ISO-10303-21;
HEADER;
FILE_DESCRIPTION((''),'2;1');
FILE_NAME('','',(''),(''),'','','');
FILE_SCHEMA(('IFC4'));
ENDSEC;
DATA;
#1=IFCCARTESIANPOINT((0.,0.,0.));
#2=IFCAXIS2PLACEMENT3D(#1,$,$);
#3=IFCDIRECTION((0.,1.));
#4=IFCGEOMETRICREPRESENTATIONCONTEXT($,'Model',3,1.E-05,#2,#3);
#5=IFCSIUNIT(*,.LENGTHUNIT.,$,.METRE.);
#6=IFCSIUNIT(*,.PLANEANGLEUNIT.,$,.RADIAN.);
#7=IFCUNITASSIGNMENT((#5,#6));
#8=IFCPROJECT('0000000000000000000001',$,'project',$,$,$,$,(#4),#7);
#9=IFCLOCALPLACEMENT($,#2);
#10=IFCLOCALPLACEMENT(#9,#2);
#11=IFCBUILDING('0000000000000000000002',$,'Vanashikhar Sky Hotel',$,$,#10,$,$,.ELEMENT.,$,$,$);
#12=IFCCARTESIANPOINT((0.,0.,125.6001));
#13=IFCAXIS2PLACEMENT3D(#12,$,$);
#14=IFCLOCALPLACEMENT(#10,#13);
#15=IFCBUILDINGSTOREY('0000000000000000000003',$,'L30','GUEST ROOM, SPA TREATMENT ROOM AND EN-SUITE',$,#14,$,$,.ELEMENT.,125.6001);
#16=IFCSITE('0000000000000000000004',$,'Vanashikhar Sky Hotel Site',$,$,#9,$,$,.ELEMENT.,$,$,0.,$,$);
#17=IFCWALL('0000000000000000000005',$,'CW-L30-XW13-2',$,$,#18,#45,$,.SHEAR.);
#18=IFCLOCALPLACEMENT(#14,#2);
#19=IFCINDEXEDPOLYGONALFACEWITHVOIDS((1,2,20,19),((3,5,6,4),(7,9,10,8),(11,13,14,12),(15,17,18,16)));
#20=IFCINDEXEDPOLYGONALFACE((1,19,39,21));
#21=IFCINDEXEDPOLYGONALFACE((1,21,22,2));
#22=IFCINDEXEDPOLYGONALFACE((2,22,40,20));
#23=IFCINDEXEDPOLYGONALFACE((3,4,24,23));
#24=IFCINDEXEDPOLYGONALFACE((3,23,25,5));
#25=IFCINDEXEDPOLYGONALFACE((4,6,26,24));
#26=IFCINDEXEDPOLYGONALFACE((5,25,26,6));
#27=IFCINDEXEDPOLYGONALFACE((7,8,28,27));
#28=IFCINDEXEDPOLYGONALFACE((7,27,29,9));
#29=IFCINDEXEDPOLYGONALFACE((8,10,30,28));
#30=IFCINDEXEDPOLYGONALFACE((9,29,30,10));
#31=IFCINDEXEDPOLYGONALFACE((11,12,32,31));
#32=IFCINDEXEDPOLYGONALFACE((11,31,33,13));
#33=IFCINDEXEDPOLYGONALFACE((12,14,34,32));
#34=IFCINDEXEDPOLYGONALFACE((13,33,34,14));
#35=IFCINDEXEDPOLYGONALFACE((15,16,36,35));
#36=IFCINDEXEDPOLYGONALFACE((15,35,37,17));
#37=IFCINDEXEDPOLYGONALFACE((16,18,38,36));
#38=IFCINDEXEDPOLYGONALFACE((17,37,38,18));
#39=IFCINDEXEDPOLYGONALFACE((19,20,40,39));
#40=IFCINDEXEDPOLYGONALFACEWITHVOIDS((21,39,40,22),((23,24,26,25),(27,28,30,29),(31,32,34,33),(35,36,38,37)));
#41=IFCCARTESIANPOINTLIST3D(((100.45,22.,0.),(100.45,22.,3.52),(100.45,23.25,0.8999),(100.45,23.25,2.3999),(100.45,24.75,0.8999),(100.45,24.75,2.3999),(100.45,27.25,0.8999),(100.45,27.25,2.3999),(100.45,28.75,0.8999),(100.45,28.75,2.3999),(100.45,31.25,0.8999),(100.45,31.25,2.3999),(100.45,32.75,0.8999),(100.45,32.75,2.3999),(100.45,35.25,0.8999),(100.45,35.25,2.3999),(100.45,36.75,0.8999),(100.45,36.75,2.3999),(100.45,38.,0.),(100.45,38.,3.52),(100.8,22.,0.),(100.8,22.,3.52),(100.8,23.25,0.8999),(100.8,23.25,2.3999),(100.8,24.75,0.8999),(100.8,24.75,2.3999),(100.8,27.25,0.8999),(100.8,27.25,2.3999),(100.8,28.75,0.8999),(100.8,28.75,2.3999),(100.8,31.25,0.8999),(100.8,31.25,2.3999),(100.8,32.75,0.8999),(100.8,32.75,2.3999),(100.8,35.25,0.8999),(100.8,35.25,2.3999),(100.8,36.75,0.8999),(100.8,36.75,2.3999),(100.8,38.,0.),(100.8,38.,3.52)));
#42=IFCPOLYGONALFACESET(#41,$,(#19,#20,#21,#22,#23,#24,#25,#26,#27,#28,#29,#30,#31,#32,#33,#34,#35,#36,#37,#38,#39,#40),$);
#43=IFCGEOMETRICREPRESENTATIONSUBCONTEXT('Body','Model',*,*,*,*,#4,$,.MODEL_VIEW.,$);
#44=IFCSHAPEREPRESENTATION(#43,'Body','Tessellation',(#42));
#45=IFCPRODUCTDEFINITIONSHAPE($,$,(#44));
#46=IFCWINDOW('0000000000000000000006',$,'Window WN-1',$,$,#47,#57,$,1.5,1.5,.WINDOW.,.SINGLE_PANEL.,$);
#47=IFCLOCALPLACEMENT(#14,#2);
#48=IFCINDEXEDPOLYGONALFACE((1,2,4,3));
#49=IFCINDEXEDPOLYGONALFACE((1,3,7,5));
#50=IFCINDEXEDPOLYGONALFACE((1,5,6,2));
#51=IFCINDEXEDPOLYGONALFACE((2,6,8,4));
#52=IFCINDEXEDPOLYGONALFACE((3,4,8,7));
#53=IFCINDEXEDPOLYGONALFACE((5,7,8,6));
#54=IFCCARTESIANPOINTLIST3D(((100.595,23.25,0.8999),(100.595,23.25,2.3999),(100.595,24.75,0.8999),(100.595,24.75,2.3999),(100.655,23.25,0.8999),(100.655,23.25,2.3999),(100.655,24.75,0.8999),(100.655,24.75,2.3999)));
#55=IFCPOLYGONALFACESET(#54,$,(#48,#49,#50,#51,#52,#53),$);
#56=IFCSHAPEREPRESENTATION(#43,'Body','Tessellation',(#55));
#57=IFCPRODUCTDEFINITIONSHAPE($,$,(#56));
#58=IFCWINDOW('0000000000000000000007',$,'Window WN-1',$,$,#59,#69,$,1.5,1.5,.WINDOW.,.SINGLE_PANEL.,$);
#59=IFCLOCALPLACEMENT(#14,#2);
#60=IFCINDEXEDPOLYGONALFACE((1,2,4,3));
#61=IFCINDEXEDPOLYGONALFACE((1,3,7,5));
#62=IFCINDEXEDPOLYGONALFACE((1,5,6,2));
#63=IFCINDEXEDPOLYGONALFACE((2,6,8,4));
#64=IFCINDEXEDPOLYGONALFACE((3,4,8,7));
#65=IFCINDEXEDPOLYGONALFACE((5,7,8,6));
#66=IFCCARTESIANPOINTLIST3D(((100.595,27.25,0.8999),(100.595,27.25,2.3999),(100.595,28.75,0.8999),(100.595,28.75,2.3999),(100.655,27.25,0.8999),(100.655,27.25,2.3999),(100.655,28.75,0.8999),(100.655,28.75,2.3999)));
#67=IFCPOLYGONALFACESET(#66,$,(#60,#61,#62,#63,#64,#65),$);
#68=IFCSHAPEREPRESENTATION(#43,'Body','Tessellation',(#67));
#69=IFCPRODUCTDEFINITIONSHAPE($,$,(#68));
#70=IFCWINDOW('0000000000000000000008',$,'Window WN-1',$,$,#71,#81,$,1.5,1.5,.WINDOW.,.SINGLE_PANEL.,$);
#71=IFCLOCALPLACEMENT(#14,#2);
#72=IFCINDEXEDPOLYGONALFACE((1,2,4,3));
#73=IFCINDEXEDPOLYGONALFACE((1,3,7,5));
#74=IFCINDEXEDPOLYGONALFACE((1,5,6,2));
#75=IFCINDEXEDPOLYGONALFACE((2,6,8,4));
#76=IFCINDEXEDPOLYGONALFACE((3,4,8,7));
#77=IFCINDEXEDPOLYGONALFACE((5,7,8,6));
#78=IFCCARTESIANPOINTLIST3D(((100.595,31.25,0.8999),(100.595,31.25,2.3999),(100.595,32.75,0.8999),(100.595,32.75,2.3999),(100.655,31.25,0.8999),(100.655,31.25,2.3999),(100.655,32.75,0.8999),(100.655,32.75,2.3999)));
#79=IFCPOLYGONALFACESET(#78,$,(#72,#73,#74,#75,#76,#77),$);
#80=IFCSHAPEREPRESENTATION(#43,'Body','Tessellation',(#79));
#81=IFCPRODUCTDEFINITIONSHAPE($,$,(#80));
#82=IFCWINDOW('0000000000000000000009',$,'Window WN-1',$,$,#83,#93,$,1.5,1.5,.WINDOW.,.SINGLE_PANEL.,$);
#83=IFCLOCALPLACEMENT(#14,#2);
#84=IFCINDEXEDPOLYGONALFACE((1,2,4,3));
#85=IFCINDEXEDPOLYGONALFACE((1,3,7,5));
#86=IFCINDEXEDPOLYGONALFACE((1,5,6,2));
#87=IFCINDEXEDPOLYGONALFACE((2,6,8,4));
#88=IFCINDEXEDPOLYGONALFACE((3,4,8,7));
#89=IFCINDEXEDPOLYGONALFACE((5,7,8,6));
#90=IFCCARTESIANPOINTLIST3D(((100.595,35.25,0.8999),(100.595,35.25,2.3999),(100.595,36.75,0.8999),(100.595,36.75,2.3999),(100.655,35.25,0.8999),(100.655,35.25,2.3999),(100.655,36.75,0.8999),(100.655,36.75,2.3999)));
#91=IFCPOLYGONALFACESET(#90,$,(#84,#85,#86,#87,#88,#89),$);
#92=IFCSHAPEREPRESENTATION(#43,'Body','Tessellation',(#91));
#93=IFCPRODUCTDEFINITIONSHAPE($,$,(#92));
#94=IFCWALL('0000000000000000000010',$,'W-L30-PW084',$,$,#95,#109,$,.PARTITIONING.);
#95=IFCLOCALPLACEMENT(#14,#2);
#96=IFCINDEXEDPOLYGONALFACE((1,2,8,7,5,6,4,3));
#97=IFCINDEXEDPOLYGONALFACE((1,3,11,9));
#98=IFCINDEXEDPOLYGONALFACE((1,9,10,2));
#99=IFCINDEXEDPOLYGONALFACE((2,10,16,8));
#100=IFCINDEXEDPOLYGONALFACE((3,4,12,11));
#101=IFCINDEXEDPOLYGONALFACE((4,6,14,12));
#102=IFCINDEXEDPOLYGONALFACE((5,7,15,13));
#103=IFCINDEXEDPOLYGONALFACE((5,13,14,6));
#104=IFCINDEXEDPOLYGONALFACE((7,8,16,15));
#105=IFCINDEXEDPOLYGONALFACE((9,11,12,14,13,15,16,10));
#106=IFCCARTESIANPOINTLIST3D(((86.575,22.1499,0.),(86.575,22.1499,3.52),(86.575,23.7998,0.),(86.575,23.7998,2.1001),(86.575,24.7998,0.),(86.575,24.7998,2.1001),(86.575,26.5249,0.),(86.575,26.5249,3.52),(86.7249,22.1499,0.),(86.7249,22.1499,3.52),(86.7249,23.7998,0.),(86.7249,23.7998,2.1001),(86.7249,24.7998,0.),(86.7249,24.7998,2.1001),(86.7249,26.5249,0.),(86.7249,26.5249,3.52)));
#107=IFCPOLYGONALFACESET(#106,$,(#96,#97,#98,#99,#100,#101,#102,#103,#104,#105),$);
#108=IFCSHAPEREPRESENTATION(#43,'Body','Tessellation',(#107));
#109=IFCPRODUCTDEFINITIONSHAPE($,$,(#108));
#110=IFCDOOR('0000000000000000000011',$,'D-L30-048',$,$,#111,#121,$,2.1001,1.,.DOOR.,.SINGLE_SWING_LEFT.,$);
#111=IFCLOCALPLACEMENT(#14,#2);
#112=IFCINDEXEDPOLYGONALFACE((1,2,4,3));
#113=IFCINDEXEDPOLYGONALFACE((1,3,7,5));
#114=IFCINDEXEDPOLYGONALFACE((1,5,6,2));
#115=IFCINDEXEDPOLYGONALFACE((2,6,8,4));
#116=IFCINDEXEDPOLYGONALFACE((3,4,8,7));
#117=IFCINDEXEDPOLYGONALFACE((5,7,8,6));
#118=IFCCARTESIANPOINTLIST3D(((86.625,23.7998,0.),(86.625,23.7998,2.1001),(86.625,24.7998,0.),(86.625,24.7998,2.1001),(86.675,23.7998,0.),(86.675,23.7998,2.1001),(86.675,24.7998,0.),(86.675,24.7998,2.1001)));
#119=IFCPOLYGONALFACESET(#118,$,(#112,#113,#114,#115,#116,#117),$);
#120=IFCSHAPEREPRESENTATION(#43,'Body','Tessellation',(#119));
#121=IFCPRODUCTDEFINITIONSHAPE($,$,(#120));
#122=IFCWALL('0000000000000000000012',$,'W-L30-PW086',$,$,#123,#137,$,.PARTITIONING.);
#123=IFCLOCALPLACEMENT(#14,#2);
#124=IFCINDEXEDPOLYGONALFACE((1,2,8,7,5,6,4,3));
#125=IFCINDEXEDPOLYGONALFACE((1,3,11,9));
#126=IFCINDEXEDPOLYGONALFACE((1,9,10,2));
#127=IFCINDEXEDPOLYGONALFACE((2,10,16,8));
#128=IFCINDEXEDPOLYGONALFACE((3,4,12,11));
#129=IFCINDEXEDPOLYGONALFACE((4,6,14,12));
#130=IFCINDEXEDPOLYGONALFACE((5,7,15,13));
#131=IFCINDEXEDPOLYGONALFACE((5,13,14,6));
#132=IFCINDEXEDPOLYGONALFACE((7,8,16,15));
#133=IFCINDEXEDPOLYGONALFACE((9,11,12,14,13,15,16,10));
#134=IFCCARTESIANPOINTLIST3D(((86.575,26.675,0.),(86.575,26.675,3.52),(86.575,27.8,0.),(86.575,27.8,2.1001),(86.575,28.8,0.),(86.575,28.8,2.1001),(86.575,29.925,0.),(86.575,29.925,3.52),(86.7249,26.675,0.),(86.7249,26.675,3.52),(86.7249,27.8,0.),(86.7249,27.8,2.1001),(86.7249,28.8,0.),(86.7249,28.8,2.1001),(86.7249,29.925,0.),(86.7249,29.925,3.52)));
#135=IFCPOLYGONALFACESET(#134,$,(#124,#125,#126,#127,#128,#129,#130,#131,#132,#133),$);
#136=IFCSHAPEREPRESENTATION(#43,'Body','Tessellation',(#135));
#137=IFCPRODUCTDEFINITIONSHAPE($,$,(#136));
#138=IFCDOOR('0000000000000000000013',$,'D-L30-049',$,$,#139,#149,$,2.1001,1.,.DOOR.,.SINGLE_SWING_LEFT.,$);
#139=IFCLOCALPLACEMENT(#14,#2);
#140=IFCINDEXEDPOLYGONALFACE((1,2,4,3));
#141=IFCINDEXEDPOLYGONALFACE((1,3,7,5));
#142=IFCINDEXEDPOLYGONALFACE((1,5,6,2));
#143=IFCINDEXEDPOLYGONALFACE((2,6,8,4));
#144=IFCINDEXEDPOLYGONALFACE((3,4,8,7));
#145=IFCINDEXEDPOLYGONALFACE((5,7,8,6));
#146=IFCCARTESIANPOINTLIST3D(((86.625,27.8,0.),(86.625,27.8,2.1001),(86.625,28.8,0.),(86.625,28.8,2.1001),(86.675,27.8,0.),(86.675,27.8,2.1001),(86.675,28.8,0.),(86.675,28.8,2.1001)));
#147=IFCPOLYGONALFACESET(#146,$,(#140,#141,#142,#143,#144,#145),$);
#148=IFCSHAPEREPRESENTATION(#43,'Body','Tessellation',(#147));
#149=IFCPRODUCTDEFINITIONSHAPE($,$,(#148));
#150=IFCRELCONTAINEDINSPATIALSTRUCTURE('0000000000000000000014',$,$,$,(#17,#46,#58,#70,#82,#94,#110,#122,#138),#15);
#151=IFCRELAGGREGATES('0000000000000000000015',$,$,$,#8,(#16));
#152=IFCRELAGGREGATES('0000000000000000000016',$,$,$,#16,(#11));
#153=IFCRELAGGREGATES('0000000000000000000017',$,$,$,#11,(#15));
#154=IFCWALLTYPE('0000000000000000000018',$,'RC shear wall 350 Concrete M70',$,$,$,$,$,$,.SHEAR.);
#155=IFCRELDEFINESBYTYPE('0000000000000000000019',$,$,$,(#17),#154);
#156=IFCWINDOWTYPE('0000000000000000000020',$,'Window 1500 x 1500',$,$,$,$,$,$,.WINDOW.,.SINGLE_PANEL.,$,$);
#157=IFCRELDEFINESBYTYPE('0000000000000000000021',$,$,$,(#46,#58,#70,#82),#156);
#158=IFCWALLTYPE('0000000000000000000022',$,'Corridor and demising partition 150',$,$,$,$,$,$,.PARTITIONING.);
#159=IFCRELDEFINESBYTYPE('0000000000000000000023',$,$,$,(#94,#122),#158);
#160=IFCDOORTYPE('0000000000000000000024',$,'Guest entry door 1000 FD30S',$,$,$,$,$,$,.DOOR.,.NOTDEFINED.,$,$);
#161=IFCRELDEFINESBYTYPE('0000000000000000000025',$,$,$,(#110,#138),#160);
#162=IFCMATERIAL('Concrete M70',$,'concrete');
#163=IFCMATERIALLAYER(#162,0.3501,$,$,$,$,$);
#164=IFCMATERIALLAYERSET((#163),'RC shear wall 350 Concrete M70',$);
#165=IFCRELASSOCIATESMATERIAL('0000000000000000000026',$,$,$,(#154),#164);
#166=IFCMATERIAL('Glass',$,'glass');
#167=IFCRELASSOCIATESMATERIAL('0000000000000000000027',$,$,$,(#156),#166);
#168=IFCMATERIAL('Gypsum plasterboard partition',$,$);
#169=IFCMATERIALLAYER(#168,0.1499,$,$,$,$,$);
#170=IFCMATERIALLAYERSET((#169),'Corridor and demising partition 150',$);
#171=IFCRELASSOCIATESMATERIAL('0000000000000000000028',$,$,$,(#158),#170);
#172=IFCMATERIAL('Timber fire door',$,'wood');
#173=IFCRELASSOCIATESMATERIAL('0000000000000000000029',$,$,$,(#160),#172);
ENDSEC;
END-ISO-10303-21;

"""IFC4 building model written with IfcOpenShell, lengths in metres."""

from ifc_helpers import new_model, si_unit, direction, frame, frame_2d, origin, place, context, subcontext, project, spatial, rectangle, extrude, source, transform, mapped, material, layer, layer_set, type_object, element, fill, save


model = new_model("IFC4")

# Units and contexts
model_context = context("Model", 3, precision=1e-05, world=origin(), true_north=direction((0.0, 1.0)))
body_context = subcontext(model_context, "Body", "Model", "MODEL_VIEW")
ifc_project = project(units=[si_unit("LENGTHUNIT", "METRE"), si_unit("PLANEANGLEUNIT", "RADIAN")], contexts=[model_context])

# Site, building, storey
site_placement = place(None, origin())
site = spatial("IfcSite", under=ifc_project, at=site_placement, Name="Vanashikhar Sky Hotel Site", CompositionType="ELEMENT", RefElevation=0.0)
building_placement = place(site_placement, origin())
building = spatial("IfcBuilding", under=site, at=building_placement, Name="Vanashikhar Sky Hotel", CompositionType="ELEMENT")
storey_placement = place(building_placement, frame((0.0, 0.0, 125.6001)))
storey = spatial("IfcBuildingStorey", under=building, at=storey_placement, Name="L30", Description="GUEST ROOM, SPA TREATMENT ROOM AND EN-SUITE", CompositionType="ELEMENT", Elevation=125.6001)

# Wall, openings, windows
ifc_material_1 = material(Name="Concrete M70", Category="concrete")
ifc_layer_1 = layer(ifc_material_1, 0.3501)
ifc_layer_set_1 = layer_set([ifc_layer_1], Name="RC shear wall 350 Concrete M70")
wall_type_1 = type_object("IfcWallType", Name="RC shear wall 350 Concrete M70", PredefinedType="SHEAR", material=ifc_layer_set_1)
shared_shape_1 = source(origin(), body_context, "Body", "SweptSolid", [
    extrude(rectangle(XDim=16.0, YDim=0.3501, at=frame_2d((8.0, 0.0))), origin(), (0.0, 0.0, 1.0), 3.52),
])
wall_1_placement = place(storey_placement, frame((100.625, 22.0, 0.0), z_axis=(0.0, 0.0, 1.0), x_axis=(0.0, 1.0, 0.0)))
wall_1 = element("IfcWall", 1, at=wall_1_placement, inside=storey, type_object=wall_type_1, Name="CW-L30-XW13-2", PredefinedType="SHEAR", context=body_context, shape_type="MappedRepresentation", body=[
    mapped(shared_shape_1, transform((0.0, 0.0, 0.0), scale=1.0)),
])
shared_shape_2 = source(origin(), body_context, "Body", "SweptSolid", [
    extrude(rectangle(XDim=1.5, YDim=1.5, at=frame_2d((0.75, 0.75))), frame((0.0, 0.1851, 0.0), z_axis=(0.0, -1.0, 0.0), x_axis=(1.0, 0.0, 0.0)), (0.0, 0.0, 1.0), 0.3701),
])
opening_1_placement = place(wall_1_placement, frame((1.25, 0.0, 0.8999)))
opening_1 = element("IfcOpeningElement", 2, at=opening_1_placement, cuts=wall_1, PredefinedType="OPENING", context=body_context, shape_type="MappedRepresentation", body=[
    mapped(shared_shape_2, transform((0.0, 0.0, 0.0), scale=1.0)),
])
opening_2_placement = place(wall_1_placement, frame((5.25, 0.0, 0.8999)))
opening_2 = element("IfcOpeningElement", 3, at=opening_2_placement, cuts=wall_1, PredefinedType="OPENING", context=body_context, shape_type="MappedRepresentation", body=[
    mapped(shared_shape_2, transform((0.0, 0.0, 0.0), scale=1.0)),
])
opening_3_placement = place(wall_1_placement, frame((9.25, 0.0, 0.8999)))
opening_3 = element("IfcOpeningElement", 4, at=opening_3_placement, cuts=wall_1, PredefinedType="OPENING", context=body_context, shape_type="MappedRepresentation", body=[
    mapped(shared_shape_2, transform((0.0, 0.0, 0.0), scale=1.0)),
])
opening_4_placement = place(wall_1_placement, frame((13.25, 0.0, 0.8999)))
opening_4 = element("IfcOpeningElement", 5, at=opening_4_placement, cuts=wall_1, PredefinedType="OPENING", context=body_context, shape_type="MappedRepresentation", body=[
    mapped(shared_shape_2, transform((0.0, 0.0, 0.0), scale=1.0)),
])
ifc_material_2 = material(Name="Glass", Category="glass")
window_type = type_object("IfcWindowType", Name="Window 1500 x 1500", PartitioningType="SINGLE_PANEL", PredefinedType="WINDOW", material=ifc_material_2)
shared_shape_3 = source(origin(), body_context, "Body", "SweptSolid", [
    extrude(rectangle(XDim=1.5, YDim=1.5, at=frame_2d((0.75, 0.75))), frame((0.0, 0.03, 0.0), z_axis=(0.0, -1.0, 0.0), x_axis=(1.0, 0.0, 0.0)), (0.0, 0.0, 1.0), 0.0601),
])
window_1_placement = place(opening_1_placement, origin())
window_1 = element("IfcWindow", 6, at=window_1_placement, inside=storey, type_object=window_type, Name="Window WN-1", OverallHeight=1.5, OverallWidth=1.5, PartitioningType="SINGLE_PANEL", PredefinedType="WINDOW", context=body_context, shape_type="MappedRepresentation", body=[
    mapped(shared_shape_3, transform((0.0, 0.0, 0.0), scale=1.0)),
])
fill(opening_1, window_1)
window_2_placement = place(opening_2_placement, origin())
window_2 = element("IfcWindow", 7, at=window_2_placement, inside=storey, type_object=window_type, Name="Window WN-1", OverallHeight=1.5, OverallWidth=1.5, PartitioningType="SINGLE_PANEL", PredefinedType="WINDOW", context=body_context, shape_type="MappedRepresentation", body=[
    mapped(shared_shape_3, transform((0.0, 0.0, 0.0), scale=1.0)),
])
fill(opening_2, window_2)
window_3_placement = place(opening_3_placement, origin())
window_3 = element("IfcWindow", 8, at=window_3_placement, inside=storey, type_object=window_type, Name="Window WN-1", OverallHeight=1.5, OverallWidth=1.5, PartitioningType="SINGLE_PANEL", PredefinedType="WINDOW", context=body_context, shape_type="MappedRepresentation", body=[
    mapped(shared_shape_3, transform((0.0, 0.0, 0.0), scale=1.0)),
])
fill(opening_3, window_3)
window_4_placement = place(opening_4_placement, origin())
window_4 = element("IfcWindow", 9, at=window_4_placement, inside=storey, type_object=window_type, Name="Window WN-1", OverallHeight=1.5, OverallWidth=1.5, PartitioningType="SINGLE_PANEL", PredefinedType="WINDOW", context=body_context, shape_type="MappedRepresentation", body=[
    mapped(shared_shape_3, transform((0.0, 0.0, 0.0), scale=1.0)),
])
fill(opening_4, window_4)

# Walls, openings, doors
ifc_material_3 = material(Name="Gypsum plasterboard partition")
ifc_layer_2 = layer(ifc_material_3, 0.1499)
ifc_layer_set_2 = layer_set([ifc_layer_2], Name="Corridor and demising partition 150")
wall_type_2 = type_object("IfcWallType", Name="Corridor and demising partition 150", PredefinedType="PARTITIONING", material=ifc_layer_set_2)
shared_shape_4 = source(origin(), body_context, "Body", "SweptSolid", [
    extrude(rectangle(XDim=4.375, YDim=0.1499, at=frame_2d((2.1875, 0.0))), origin(), (0.0, 0.0, 1.0), 3.52),
])
wall_2_placement = place(storey_placement, frame((86.6499, 22.1499, 0.0), z_axis=(0.0, 0.0, 1.0), x_axis=(0.0, 1.0, 0.0)))
wall_2 = element("IfcWall", 10, at=wall_2_placement, inside=storey, type_object=wall_type_2, Name="W-L30-PW084", PredefinedType="PARTITIONING", context=body_context, shape_type="MappedRepresentation", body=[
    mapped(shared_shape_4, transform((0.0, 0.0, 0.0), scale=1.0)),
])
shared_shape_5 = source(origin(), body_context, "Body", "SweptSolid", [
    extrude(rectangle(XDim=1.0, YDim=2.1001, at=frame_2d((0.5, 1.05))), frame((0.0, 0.085, 0.0), z_axis=(0.0, -1.0, 0.0), x_axis=(1.0, 0.0, 0.0)), (0.0, 0.0, 1.0), 0.1699),
])
opening_5_placement = place(wall_2_placement, frame((1.6499, 0.0, 0.0)))
opening_5 = element("IfcOpeningElement", 11, at=opening_5_placement, cuts=wall_2, PredefinedType="OPENING", context=body_context, shape_type="MappedRepresentation", body=[
    mapped(shared_shape_5, transform((0.0, 0.0, 0.0), scale=1.0)),
])
ifc_material_4 = material(Name="Timber fire door", Category="wood")
door_type_1 = type_object("IfcDoorType", Name="Guest entry door 1000 FD30S", OperationType="NOTDEFINED", PredefinedType="DOOR", material=ifc_material_4)
shared_shape_6 = source(origin(), body_context, "Body", "SweptSolid", [
    extrude(rectangle(XDim=1.0, YDim=2.1001, at=frame_2d((0.5, 1.05))), frame((0.0, 0.0249, 0.0), z_axis=(0.0, -1.0, 0.0), x_axis=(1.0, 0.0, 0.0)), (0.0, 0.0, 1.0), 0.05),
])
door_1_placement = place(opening_5_placement, origin())
door_1 = element("IfcDoor", 12, at=door_1_placement, inside=storey, type_object=door_type_1, Name="D-L30-048", OperationType="SINGLE_SWING_LEFT", OverallHeight=2.1001, OverallWidth=1.0, PredefinedType="DOOR", context=body_context, shape_type="MappedRepresentation", body=[
    mapped(shared_shape_6, transform((0.0, 0.0, 0.0), scale=1.0)),
])
fill(opening_5, door_1)
shared_shape_7 = source(origin(), body_context, "Body", "SweptSolid", [
    extrude(rectangle(XDim=3.25, YDim=0.1499, at=frame_2d((1.625, 0.0))), origin(), (0.0, 0.0, 1.0), 3.52),
])
wall_3_placement = place(storey_placement, frame((86.6499, 26.675, 0.0), z_axis=(0.0, 0.0, 1.0), x_axis=(0.0, 1.0, 0.0)))
wall_3 = element("IfcWall", 13, at=wall_3_placement, inside=storey, type_object=wall_type_2, Name="W-L30-PW086", PredefinedType="PARTITIONING", context=body_context, shape_type="MappedRepresentation", body=[
    mapped(shared_shape_7, transform((0.0, 0.0, 0.0), scale=1.0)),
])
opening_6_placement = place(wall_3_placement, frame((1.125, 0.0, 0.0)))
opening_6 = element("IfcOpeningElement", 14, at=opening_6_placement, cuts=wall_3, PredefinedType="OPENING", context=body_context, shape_type="MappedRepresentation", body=[
    mapped(shared_shape_5, transform((0.0, 0.0, 0.0), scale=1.0)),
])
door_2_placement = place(opening_6_placement, origin())
door_2 = element("IfcDoor", 15, at=door_2_placement, inside=storey, type_object=door_type_1, Name="D-L30-049", OperationType="SINGLE_SWING_LEFT", OverallHeight=2.1001, OverallWidth=1.0, PredefinedType="DOOR", context=body_context, shape_type="MappedRepresentation", body=[
    mapped(shared_shape_6, transform((0.0, 0.0, 0.0), scale=1.0)),
])
fill(opening_6, door_2)

save(model, "model.ifc")
